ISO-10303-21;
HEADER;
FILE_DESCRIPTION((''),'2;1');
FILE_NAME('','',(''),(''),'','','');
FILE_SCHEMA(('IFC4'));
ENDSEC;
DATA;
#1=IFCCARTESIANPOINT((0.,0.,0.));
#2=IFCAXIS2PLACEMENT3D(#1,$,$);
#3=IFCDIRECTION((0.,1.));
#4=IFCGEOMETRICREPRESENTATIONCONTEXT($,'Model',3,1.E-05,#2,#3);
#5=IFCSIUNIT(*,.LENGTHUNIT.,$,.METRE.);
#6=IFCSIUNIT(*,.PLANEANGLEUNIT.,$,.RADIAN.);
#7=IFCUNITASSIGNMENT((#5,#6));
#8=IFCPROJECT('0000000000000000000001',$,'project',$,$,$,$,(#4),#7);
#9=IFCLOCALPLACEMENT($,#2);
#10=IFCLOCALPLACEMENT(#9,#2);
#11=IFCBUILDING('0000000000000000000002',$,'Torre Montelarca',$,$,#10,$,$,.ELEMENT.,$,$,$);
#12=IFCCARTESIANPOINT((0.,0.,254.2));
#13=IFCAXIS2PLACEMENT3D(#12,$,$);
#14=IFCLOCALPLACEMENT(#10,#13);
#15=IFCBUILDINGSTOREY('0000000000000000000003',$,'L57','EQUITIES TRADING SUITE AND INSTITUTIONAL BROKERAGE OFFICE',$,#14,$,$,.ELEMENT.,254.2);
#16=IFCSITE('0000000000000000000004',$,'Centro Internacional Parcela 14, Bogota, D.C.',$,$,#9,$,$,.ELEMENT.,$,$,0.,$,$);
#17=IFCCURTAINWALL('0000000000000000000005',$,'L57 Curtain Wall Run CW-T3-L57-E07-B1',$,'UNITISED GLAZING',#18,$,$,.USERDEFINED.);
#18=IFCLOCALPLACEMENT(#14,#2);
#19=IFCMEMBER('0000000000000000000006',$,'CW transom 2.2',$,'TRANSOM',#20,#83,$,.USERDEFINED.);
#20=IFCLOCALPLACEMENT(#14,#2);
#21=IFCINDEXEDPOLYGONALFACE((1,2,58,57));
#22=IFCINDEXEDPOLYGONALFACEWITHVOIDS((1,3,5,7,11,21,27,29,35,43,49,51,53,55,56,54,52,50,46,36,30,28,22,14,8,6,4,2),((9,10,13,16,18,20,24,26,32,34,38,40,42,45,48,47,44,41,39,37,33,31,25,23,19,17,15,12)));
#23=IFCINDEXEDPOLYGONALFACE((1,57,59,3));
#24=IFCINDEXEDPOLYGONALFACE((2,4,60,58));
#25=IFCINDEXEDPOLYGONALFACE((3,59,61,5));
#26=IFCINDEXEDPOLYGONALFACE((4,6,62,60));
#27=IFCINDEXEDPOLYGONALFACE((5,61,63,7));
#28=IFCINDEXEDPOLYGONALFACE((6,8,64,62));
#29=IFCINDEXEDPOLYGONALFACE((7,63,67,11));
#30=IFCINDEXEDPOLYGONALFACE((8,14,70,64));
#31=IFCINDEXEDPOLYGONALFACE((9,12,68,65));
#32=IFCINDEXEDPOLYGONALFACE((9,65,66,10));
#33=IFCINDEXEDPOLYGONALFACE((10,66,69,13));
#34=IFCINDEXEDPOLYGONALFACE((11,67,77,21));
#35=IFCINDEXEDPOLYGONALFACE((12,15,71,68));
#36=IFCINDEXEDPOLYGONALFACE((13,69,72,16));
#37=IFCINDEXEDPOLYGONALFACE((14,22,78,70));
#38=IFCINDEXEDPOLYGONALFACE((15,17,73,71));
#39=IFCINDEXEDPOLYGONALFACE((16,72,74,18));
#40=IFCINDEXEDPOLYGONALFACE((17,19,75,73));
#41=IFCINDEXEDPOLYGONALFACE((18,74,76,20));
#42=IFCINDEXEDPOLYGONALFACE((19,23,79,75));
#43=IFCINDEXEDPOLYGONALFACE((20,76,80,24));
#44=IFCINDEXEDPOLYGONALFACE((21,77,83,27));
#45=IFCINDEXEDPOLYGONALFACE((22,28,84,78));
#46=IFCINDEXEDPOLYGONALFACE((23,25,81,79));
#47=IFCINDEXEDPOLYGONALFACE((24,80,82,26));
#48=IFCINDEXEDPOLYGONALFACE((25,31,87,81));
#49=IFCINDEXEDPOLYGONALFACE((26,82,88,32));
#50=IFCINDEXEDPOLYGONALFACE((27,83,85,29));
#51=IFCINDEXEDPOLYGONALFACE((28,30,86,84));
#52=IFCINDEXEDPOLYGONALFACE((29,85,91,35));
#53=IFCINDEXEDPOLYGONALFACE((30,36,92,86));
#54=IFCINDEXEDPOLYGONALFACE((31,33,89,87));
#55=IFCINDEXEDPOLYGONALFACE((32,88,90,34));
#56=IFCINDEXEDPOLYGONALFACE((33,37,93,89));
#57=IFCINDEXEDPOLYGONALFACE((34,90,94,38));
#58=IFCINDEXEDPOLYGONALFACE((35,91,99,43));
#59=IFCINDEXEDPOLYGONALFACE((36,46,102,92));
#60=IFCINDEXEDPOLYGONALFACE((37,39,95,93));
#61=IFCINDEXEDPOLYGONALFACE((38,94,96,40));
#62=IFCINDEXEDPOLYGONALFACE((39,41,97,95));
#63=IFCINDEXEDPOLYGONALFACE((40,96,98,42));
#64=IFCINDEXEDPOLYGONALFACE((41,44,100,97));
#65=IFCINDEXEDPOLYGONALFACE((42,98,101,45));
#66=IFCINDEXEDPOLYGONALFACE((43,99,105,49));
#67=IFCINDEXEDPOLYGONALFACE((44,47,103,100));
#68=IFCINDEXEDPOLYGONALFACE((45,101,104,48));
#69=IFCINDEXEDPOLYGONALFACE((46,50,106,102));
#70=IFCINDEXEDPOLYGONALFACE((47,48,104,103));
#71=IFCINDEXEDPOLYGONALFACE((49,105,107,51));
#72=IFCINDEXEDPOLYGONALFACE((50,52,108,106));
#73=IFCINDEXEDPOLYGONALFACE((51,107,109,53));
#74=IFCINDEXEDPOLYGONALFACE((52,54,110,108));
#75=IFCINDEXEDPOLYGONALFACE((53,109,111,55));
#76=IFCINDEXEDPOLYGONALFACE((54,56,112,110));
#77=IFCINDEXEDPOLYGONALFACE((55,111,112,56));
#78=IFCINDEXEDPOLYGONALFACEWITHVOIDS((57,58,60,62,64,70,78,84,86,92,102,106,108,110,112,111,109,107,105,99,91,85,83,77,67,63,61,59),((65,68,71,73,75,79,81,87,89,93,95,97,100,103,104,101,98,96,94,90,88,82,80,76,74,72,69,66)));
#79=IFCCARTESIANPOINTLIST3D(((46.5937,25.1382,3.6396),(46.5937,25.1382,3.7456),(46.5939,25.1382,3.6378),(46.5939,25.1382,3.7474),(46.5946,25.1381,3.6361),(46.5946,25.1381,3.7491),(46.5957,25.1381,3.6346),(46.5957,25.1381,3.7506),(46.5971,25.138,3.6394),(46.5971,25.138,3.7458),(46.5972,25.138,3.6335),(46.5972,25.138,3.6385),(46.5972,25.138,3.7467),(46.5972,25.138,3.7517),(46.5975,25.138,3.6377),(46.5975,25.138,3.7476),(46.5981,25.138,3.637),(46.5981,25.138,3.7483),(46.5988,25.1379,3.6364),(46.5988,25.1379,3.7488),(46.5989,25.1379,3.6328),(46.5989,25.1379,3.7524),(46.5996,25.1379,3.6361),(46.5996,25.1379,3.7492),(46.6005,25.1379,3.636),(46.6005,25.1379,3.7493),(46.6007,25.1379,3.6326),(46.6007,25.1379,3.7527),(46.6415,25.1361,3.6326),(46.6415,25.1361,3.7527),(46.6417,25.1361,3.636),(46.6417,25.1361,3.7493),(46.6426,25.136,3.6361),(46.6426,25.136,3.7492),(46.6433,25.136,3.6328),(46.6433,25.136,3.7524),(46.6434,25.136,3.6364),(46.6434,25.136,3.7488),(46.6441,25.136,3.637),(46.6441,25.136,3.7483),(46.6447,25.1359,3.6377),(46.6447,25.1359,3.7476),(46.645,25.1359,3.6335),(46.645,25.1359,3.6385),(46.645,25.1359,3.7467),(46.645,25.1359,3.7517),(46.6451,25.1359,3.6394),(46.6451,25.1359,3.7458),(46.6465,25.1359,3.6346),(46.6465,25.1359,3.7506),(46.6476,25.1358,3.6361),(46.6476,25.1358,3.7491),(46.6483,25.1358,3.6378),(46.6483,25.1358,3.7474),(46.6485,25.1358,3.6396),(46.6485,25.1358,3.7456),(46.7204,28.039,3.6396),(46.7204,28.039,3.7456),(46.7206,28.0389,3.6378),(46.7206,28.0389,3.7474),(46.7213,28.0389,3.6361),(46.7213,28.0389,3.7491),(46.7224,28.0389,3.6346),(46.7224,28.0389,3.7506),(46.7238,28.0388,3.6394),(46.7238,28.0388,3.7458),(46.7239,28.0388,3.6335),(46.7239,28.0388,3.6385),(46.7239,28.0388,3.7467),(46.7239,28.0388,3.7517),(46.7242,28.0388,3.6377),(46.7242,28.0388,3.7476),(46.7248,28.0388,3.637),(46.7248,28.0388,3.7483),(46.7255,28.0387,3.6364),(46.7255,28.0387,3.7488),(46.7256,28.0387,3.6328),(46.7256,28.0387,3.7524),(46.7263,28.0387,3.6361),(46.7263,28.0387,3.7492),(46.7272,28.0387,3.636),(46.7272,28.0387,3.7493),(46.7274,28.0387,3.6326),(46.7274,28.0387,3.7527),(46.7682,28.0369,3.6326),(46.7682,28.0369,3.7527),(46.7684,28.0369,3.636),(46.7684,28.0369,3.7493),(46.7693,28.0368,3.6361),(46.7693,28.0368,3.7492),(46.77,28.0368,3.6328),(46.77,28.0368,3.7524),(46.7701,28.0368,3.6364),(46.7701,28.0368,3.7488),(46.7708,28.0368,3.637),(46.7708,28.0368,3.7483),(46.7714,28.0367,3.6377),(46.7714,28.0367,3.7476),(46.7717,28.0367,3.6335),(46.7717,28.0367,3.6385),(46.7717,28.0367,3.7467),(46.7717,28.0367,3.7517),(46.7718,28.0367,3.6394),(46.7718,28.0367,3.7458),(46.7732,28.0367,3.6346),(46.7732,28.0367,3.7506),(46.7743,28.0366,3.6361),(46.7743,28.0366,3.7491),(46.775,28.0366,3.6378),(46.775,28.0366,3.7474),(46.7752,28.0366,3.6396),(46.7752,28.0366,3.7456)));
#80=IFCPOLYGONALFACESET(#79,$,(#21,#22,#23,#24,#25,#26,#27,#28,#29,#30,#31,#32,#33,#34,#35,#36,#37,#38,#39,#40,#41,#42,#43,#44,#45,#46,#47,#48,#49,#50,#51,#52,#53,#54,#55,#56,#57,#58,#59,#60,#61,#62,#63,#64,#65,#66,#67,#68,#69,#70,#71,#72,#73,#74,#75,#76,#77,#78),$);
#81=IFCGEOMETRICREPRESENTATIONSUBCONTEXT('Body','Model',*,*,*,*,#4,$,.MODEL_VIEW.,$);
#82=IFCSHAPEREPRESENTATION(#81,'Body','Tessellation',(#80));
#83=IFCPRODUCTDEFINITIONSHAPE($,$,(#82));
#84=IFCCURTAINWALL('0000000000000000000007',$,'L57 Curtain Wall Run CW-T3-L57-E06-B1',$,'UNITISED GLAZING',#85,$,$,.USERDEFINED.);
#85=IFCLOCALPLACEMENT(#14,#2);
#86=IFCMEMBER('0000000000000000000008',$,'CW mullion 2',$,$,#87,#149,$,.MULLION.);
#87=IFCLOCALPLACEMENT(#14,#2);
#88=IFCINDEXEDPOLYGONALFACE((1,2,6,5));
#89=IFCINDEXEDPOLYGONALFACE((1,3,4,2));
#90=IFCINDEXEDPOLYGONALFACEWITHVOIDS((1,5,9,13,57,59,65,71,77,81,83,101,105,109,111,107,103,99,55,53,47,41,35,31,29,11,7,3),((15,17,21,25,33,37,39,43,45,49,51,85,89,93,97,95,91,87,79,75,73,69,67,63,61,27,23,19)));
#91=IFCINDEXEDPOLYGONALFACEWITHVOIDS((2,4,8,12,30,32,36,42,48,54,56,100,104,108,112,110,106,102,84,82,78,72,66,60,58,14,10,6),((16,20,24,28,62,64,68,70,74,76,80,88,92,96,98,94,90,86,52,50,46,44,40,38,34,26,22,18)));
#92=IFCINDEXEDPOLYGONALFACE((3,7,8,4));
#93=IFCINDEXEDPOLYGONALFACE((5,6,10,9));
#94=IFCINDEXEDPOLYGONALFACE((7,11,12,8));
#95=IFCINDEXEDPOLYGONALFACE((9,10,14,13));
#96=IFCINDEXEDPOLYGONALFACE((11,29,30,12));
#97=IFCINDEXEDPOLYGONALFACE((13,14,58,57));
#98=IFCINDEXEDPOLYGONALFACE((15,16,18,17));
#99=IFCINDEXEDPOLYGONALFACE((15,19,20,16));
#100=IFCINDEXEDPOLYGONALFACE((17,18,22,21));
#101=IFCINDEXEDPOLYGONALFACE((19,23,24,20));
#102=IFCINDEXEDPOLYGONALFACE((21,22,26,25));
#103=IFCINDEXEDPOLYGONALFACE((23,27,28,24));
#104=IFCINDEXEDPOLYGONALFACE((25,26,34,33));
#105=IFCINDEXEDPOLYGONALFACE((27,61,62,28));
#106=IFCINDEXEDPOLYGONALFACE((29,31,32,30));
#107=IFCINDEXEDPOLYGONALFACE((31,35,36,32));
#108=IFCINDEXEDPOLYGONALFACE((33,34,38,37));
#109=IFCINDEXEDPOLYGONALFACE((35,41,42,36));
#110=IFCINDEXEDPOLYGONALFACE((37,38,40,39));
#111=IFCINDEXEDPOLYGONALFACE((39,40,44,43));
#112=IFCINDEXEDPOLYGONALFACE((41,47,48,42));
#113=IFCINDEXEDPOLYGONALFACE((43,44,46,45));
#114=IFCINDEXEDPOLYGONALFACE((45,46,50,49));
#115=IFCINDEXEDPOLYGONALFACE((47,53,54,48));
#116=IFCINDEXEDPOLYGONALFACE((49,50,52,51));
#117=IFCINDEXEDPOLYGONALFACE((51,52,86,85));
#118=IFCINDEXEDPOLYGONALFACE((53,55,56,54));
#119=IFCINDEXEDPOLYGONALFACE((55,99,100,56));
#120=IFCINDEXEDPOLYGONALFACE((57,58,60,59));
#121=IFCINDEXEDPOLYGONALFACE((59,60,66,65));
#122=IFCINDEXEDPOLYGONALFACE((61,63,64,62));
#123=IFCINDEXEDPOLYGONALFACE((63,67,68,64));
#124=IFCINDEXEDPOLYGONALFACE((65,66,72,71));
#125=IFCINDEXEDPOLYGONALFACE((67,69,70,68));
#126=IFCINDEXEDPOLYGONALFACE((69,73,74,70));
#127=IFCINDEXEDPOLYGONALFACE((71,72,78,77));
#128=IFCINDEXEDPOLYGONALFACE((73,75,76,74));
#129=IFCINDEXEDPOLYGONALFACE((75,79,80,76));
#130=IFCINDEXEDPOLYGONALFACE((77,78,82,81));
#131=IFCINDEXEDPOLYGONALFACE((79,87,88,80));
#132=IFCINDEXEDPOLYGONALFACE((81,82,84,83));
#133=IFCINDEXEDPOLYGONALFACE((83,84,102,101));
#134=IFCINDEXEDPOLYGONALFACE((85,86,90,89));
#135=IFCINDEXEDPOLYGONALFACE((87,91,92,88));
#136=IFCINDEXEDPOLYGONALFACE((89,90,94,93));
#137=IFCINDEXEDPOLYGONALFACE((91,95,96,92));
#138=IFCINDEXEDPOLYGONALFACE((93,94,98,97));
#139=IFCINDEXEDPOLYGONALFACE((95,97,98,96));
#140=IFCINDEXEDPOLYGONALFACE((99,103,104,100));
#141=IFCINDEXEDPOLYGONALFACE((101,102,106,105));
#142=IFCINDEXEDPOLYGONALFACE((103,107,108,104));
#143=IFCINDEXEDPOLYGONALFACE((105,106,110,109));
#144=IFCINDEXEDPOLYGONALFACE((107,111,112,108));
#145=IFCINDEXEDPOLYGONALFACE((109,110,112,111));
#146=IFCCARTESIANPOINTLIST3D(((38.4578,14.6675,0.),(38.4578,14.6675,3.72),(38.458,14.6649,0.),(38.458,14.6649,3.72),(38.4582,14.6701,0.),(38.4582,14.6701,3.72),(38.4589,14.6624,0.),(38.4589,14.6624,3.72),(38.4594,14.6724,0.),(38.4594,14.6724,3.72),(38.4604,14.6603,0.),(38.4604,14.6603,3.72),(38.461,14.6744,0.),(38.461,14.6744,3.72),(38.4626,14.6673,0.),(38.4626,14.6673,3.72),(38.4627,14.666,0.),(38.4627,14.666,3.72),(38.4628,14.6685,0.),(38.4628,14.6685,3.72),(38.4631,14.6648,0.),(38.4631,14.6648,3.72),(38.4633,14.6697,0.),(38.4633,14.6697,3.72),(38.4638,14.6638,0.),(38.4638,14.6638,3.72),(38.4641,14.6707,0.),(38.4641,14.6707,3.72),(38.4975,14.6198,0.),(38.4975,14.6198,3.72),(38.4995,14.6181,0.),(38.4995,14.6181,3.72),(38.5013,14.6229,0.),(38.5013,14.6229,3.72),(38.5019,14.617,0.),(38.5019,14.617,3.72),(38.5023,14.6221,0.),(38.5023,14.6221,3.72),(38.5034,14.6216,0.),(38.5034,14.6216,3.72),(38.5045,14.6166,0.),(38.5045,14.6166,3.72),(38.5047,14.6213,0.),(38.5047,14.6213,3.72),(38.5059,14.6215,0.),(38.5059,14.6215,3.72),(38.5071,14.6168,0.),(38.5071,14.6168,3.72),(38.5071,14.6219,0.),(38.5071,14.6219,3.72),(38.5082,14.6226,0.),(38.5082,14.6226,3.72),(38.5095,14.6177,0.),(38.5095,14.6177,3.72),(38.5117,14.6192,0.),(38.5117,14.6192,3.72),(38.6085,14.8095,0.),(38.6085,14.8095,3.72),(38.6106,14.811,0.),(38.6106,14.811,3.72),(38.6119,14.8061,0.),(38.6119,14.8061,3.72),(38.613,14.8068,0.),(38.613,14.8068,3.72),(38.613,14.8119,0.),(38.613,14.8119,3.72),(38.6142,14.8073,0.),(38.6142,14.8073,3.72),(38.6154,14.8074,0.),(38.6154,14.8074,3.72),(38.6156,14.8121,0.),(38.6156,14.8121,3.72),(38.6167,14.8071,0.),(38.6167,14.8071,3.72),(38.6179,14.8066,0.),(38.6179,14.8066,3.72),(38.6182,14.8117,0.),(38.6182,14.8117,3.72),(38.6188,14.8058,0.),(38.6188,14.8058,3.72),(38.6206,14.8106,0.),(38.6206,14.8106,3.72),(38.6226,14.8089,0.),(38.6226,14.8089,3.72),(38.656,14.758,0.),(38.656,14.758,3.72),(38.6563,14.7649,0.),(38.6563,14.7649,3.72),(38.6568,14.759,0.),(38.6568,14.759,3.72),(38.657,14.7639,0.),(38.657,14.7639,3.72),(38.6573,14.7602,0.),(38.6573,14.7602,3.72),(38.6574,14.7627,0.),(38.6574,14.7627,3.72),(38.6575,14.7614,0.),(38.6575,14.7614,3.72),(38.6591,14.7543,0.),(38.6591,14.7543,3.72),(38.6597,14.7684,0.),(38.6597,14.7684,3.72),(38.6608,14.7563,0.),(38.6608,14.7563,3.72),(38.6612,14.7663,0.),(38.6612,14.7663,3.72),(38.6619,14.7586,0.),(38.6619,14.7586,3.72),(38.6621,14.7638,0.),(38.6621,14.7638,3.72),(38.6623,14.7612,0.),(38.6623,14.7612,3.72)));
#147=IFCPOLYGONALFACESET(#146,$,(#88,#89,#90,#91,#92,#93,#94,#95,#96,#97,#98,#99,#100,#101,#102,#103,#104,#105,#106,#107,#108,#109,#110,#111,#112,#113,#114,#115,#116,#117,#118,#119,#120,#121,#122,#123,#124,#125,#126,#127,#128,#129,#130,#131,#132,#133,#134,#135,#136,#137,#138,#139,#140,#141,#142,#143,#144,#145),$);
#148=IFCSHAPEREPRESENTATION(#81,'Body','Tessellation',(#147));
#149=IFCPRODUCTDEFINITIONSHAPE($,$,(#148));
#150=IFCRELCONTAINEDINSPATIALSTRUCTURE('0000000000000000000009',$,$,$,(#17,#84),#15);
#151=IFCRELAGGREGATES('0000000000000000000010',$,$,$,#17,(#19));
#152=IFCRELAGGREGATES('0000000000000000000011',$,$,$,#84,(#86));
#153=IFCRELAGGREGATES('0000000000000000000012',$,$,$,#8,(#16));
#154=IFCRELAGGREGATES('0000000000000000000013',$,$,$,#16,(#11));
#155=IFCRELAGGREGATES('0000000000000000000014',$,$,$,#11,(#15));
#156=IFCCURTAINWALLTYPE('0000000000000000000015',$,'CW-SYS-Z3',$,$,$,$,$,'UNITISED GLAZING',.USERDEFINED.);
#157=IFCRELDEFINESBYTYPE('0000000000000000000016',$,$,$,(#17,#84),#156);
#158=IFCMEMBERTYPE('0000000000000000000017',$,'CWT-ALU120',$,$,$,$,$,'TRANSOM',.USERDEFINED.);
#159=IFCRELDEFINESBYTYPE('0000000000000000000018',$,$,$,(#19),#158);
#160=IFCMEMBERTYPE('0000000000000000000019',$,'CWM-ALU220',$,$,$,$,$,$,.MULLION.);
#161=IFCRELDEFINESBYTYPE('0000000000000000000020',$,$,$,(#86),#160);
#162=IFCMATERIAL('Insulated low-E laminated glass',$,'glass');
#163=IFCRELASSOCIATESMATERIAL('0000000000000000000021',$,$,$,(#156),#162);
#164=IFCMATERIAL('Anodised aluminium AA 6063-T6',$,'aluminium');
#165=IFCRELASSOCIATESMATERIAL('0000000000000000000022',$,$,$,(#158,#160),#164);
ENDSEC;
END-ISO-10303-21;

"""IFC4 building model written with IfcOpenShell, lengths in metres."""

from ifc_helpers import new_model, si_unit, direction, frame, origin, origin_2d, place, context, subcontext, project, spatial, hollow_rectangle, extrude, source, transform, mapped, material, material_profile, profile_set, type_object, element, aggregate, save


model = new_model("IFC4")

# Units and contexts
model_context = context("Model", 3, precision=1e-05, world=origin(), true_north=direction((0.0, 1.0)))
body_context = subcontext(model_context, "Body", "Model", "MODEL_VIEW")
ifc_project = project(units=[si_unit("LENGTHUNIT", "METRE"), si_unit("PLANEANGLEUNIT", "RADIAN")], contexts=[model_context])

# Site, building, storey
site_placement = place(None, origin())
site = spatial("IfcSite", under=ifc_project, at=site_placement, Name="Centro Internacional Parcela 14, Bogota, D.C.", CompositionType="ELEMENT", RefElevation=0.0)
building_placement = place(site_placement, origin())
building = spatial("IfcBuilding", under=site, at=building_placement, Name="Torre Montelarca", CompositionType="ELEMENT")
storey_placement = place(building_placement, frame((0.0, 0.0, 254.2)))
storey = spatial("IfcBuildingStorey", under=building, at=storey_placement, Name="L57", Description="EQUITIES TRADING SUITE AND INSTITUTIONAL BROKERAGE OFFICE", CompositionType="ELEMENT", Elevation=254.2)

# Curtain walls, members
ifc_material_1 = material(Name="Insulated low-E laminated glass", Category="glass")
curtain_wall_type = type_object("IfcCurtainWallType", Name="CW-SYS-Z3", ElementType="UNITISED GLAZING", PredefinedType="USERDEFINED", material=ifc_material_1)
curtain_wall_1_placement = place(storey_placement, origin())
curtain_wall_1 = element("IfcCurtainWall", 1, at=curtain_wall_1_placement, inside=storey, type_object=curtain_wall_type, Name="L57 Curtain Wall Run CW-T3-L57-E07-B1", ObjectType="UNITISED GLAZING", PredefinedType="USERDEFINED")
ifc_material_2 = material(Name="Anodised aluminium AA 6063-T6", Category="aluminium")
ifc_material_profile_1 = material_profile(ifc_material_2, hollow_rectangle(XDim=0.0549, YDim=0.1201, WallThickness=0.0034, InnerFilletRadius=0.0034, OuterFilletRadius=0.0071, at=origin_2d()), Name="ALU55X120X3.5", Category="aluminium")
ifc_profile_set_1 = profile_set([ifc_material_profile_1], Name="Anodised aluminium AA 6063-T6")
member_type_1 = type_object("IfcMemberType", Name="CWT-ALU120", ElementType="TRANSOM", PredefinedType="USERDEFINED", material=ifc_profile_set_1)
shared_shape_1 = source(origin(), body_context, "Body", "SweptSolid", [
    extrude(hollow_rectangle(XDim=0.0549, YDim=0.1201, WallThickness=0.0034, InnerFilletRadius=0.0034, OuterFilletRadius=0.0071, at=origin_2d()), origin(), (0.0, 0.0, 1.0), 2.9036),
])
member_1_placement = place(storey_placement, frame((46.6211, 25.137, 3.6926), z_axis=(0.043638, 0.999047, 0.0), x_axis=(-0.999047, 0.043638, 0.0)))
member_1 = element("IfcMember", 2, at=member_1_placement, type_object=member_type_1, Name="CW transom 2.2", ObjectType="TRANSOM", PredefinedType="USERDEFINED", context=body_context, shape_type="MappedRepresentation", body=[
    mapped(shared_shape_1, transform((0.0, 0.0, 0.0), scale=1.0)),
])
curtain_wall_2_placement = place(storey_placement, origin())
curtain_wall_2 = element("IfcCurtainWall", 3, at=curtain_wall_2_placement, inside=storey, type_object=curtain_wall_type, Name="L57 Curtain Wall Run CW-T3-L57-E06-B1", ObjectType="UNITISED GLAZING", PredefinedType="USERDEFINED")
ifc_material_profile_2 = material_profile(ifc_material_2, hollow_rectangle(XDim=0.075, YDim=0.22, WallThickness=0.0049, InnerFilletRadius=0.0049, OuterFilletRadius=0.01, at=origin_2d()), Name="ALU75X220X5", Category="aluminium")
ifc_profile_set_2 = profile_set([ifc_material_profile_2], Name="Anodised aluminium AA 6063-T6")
member_type_2 = type_object("IfcMemberType", Name="CWM-ALU220", PredefinedType="MULLION", material=ifc_profile_set_2)
shared_shape_2 = source(origin(), body_context, "Body", "SweptSolid", [
    extrude(hollow_rectangle(XDim=0.075, YDim=0.22, WallThickness=0.0049, InnerFilletRadius=0.0049, OuterFilletRadius=0.01, at=origin_2d()), origin(), (0.0, 0.0, 1.0), 3.72),
])
member_2_placement = place(storey_placement, frame((38.5601, 14.7144, 0.0), z_axis=(0.0, 0.0, 1.0), x_axis=(-0.675587, 0.73728, 0.0)))
member_2 = element("IfcMember", 4, at=member_2_placement, type_object=member_type_2, Name="CW mullion 2", PredefinedType="MULLION", context=body_context, shape_type="MappedRepresentation", body=[
    mapped(shared_shape_2, transform((0.0, 0.0, 0.0), scale=1.0)),
])

aggregate(curtain_wall_1, [member_1])
aggregate(curtain_wall_2, [member_2])

save(model, "model.ifc")
